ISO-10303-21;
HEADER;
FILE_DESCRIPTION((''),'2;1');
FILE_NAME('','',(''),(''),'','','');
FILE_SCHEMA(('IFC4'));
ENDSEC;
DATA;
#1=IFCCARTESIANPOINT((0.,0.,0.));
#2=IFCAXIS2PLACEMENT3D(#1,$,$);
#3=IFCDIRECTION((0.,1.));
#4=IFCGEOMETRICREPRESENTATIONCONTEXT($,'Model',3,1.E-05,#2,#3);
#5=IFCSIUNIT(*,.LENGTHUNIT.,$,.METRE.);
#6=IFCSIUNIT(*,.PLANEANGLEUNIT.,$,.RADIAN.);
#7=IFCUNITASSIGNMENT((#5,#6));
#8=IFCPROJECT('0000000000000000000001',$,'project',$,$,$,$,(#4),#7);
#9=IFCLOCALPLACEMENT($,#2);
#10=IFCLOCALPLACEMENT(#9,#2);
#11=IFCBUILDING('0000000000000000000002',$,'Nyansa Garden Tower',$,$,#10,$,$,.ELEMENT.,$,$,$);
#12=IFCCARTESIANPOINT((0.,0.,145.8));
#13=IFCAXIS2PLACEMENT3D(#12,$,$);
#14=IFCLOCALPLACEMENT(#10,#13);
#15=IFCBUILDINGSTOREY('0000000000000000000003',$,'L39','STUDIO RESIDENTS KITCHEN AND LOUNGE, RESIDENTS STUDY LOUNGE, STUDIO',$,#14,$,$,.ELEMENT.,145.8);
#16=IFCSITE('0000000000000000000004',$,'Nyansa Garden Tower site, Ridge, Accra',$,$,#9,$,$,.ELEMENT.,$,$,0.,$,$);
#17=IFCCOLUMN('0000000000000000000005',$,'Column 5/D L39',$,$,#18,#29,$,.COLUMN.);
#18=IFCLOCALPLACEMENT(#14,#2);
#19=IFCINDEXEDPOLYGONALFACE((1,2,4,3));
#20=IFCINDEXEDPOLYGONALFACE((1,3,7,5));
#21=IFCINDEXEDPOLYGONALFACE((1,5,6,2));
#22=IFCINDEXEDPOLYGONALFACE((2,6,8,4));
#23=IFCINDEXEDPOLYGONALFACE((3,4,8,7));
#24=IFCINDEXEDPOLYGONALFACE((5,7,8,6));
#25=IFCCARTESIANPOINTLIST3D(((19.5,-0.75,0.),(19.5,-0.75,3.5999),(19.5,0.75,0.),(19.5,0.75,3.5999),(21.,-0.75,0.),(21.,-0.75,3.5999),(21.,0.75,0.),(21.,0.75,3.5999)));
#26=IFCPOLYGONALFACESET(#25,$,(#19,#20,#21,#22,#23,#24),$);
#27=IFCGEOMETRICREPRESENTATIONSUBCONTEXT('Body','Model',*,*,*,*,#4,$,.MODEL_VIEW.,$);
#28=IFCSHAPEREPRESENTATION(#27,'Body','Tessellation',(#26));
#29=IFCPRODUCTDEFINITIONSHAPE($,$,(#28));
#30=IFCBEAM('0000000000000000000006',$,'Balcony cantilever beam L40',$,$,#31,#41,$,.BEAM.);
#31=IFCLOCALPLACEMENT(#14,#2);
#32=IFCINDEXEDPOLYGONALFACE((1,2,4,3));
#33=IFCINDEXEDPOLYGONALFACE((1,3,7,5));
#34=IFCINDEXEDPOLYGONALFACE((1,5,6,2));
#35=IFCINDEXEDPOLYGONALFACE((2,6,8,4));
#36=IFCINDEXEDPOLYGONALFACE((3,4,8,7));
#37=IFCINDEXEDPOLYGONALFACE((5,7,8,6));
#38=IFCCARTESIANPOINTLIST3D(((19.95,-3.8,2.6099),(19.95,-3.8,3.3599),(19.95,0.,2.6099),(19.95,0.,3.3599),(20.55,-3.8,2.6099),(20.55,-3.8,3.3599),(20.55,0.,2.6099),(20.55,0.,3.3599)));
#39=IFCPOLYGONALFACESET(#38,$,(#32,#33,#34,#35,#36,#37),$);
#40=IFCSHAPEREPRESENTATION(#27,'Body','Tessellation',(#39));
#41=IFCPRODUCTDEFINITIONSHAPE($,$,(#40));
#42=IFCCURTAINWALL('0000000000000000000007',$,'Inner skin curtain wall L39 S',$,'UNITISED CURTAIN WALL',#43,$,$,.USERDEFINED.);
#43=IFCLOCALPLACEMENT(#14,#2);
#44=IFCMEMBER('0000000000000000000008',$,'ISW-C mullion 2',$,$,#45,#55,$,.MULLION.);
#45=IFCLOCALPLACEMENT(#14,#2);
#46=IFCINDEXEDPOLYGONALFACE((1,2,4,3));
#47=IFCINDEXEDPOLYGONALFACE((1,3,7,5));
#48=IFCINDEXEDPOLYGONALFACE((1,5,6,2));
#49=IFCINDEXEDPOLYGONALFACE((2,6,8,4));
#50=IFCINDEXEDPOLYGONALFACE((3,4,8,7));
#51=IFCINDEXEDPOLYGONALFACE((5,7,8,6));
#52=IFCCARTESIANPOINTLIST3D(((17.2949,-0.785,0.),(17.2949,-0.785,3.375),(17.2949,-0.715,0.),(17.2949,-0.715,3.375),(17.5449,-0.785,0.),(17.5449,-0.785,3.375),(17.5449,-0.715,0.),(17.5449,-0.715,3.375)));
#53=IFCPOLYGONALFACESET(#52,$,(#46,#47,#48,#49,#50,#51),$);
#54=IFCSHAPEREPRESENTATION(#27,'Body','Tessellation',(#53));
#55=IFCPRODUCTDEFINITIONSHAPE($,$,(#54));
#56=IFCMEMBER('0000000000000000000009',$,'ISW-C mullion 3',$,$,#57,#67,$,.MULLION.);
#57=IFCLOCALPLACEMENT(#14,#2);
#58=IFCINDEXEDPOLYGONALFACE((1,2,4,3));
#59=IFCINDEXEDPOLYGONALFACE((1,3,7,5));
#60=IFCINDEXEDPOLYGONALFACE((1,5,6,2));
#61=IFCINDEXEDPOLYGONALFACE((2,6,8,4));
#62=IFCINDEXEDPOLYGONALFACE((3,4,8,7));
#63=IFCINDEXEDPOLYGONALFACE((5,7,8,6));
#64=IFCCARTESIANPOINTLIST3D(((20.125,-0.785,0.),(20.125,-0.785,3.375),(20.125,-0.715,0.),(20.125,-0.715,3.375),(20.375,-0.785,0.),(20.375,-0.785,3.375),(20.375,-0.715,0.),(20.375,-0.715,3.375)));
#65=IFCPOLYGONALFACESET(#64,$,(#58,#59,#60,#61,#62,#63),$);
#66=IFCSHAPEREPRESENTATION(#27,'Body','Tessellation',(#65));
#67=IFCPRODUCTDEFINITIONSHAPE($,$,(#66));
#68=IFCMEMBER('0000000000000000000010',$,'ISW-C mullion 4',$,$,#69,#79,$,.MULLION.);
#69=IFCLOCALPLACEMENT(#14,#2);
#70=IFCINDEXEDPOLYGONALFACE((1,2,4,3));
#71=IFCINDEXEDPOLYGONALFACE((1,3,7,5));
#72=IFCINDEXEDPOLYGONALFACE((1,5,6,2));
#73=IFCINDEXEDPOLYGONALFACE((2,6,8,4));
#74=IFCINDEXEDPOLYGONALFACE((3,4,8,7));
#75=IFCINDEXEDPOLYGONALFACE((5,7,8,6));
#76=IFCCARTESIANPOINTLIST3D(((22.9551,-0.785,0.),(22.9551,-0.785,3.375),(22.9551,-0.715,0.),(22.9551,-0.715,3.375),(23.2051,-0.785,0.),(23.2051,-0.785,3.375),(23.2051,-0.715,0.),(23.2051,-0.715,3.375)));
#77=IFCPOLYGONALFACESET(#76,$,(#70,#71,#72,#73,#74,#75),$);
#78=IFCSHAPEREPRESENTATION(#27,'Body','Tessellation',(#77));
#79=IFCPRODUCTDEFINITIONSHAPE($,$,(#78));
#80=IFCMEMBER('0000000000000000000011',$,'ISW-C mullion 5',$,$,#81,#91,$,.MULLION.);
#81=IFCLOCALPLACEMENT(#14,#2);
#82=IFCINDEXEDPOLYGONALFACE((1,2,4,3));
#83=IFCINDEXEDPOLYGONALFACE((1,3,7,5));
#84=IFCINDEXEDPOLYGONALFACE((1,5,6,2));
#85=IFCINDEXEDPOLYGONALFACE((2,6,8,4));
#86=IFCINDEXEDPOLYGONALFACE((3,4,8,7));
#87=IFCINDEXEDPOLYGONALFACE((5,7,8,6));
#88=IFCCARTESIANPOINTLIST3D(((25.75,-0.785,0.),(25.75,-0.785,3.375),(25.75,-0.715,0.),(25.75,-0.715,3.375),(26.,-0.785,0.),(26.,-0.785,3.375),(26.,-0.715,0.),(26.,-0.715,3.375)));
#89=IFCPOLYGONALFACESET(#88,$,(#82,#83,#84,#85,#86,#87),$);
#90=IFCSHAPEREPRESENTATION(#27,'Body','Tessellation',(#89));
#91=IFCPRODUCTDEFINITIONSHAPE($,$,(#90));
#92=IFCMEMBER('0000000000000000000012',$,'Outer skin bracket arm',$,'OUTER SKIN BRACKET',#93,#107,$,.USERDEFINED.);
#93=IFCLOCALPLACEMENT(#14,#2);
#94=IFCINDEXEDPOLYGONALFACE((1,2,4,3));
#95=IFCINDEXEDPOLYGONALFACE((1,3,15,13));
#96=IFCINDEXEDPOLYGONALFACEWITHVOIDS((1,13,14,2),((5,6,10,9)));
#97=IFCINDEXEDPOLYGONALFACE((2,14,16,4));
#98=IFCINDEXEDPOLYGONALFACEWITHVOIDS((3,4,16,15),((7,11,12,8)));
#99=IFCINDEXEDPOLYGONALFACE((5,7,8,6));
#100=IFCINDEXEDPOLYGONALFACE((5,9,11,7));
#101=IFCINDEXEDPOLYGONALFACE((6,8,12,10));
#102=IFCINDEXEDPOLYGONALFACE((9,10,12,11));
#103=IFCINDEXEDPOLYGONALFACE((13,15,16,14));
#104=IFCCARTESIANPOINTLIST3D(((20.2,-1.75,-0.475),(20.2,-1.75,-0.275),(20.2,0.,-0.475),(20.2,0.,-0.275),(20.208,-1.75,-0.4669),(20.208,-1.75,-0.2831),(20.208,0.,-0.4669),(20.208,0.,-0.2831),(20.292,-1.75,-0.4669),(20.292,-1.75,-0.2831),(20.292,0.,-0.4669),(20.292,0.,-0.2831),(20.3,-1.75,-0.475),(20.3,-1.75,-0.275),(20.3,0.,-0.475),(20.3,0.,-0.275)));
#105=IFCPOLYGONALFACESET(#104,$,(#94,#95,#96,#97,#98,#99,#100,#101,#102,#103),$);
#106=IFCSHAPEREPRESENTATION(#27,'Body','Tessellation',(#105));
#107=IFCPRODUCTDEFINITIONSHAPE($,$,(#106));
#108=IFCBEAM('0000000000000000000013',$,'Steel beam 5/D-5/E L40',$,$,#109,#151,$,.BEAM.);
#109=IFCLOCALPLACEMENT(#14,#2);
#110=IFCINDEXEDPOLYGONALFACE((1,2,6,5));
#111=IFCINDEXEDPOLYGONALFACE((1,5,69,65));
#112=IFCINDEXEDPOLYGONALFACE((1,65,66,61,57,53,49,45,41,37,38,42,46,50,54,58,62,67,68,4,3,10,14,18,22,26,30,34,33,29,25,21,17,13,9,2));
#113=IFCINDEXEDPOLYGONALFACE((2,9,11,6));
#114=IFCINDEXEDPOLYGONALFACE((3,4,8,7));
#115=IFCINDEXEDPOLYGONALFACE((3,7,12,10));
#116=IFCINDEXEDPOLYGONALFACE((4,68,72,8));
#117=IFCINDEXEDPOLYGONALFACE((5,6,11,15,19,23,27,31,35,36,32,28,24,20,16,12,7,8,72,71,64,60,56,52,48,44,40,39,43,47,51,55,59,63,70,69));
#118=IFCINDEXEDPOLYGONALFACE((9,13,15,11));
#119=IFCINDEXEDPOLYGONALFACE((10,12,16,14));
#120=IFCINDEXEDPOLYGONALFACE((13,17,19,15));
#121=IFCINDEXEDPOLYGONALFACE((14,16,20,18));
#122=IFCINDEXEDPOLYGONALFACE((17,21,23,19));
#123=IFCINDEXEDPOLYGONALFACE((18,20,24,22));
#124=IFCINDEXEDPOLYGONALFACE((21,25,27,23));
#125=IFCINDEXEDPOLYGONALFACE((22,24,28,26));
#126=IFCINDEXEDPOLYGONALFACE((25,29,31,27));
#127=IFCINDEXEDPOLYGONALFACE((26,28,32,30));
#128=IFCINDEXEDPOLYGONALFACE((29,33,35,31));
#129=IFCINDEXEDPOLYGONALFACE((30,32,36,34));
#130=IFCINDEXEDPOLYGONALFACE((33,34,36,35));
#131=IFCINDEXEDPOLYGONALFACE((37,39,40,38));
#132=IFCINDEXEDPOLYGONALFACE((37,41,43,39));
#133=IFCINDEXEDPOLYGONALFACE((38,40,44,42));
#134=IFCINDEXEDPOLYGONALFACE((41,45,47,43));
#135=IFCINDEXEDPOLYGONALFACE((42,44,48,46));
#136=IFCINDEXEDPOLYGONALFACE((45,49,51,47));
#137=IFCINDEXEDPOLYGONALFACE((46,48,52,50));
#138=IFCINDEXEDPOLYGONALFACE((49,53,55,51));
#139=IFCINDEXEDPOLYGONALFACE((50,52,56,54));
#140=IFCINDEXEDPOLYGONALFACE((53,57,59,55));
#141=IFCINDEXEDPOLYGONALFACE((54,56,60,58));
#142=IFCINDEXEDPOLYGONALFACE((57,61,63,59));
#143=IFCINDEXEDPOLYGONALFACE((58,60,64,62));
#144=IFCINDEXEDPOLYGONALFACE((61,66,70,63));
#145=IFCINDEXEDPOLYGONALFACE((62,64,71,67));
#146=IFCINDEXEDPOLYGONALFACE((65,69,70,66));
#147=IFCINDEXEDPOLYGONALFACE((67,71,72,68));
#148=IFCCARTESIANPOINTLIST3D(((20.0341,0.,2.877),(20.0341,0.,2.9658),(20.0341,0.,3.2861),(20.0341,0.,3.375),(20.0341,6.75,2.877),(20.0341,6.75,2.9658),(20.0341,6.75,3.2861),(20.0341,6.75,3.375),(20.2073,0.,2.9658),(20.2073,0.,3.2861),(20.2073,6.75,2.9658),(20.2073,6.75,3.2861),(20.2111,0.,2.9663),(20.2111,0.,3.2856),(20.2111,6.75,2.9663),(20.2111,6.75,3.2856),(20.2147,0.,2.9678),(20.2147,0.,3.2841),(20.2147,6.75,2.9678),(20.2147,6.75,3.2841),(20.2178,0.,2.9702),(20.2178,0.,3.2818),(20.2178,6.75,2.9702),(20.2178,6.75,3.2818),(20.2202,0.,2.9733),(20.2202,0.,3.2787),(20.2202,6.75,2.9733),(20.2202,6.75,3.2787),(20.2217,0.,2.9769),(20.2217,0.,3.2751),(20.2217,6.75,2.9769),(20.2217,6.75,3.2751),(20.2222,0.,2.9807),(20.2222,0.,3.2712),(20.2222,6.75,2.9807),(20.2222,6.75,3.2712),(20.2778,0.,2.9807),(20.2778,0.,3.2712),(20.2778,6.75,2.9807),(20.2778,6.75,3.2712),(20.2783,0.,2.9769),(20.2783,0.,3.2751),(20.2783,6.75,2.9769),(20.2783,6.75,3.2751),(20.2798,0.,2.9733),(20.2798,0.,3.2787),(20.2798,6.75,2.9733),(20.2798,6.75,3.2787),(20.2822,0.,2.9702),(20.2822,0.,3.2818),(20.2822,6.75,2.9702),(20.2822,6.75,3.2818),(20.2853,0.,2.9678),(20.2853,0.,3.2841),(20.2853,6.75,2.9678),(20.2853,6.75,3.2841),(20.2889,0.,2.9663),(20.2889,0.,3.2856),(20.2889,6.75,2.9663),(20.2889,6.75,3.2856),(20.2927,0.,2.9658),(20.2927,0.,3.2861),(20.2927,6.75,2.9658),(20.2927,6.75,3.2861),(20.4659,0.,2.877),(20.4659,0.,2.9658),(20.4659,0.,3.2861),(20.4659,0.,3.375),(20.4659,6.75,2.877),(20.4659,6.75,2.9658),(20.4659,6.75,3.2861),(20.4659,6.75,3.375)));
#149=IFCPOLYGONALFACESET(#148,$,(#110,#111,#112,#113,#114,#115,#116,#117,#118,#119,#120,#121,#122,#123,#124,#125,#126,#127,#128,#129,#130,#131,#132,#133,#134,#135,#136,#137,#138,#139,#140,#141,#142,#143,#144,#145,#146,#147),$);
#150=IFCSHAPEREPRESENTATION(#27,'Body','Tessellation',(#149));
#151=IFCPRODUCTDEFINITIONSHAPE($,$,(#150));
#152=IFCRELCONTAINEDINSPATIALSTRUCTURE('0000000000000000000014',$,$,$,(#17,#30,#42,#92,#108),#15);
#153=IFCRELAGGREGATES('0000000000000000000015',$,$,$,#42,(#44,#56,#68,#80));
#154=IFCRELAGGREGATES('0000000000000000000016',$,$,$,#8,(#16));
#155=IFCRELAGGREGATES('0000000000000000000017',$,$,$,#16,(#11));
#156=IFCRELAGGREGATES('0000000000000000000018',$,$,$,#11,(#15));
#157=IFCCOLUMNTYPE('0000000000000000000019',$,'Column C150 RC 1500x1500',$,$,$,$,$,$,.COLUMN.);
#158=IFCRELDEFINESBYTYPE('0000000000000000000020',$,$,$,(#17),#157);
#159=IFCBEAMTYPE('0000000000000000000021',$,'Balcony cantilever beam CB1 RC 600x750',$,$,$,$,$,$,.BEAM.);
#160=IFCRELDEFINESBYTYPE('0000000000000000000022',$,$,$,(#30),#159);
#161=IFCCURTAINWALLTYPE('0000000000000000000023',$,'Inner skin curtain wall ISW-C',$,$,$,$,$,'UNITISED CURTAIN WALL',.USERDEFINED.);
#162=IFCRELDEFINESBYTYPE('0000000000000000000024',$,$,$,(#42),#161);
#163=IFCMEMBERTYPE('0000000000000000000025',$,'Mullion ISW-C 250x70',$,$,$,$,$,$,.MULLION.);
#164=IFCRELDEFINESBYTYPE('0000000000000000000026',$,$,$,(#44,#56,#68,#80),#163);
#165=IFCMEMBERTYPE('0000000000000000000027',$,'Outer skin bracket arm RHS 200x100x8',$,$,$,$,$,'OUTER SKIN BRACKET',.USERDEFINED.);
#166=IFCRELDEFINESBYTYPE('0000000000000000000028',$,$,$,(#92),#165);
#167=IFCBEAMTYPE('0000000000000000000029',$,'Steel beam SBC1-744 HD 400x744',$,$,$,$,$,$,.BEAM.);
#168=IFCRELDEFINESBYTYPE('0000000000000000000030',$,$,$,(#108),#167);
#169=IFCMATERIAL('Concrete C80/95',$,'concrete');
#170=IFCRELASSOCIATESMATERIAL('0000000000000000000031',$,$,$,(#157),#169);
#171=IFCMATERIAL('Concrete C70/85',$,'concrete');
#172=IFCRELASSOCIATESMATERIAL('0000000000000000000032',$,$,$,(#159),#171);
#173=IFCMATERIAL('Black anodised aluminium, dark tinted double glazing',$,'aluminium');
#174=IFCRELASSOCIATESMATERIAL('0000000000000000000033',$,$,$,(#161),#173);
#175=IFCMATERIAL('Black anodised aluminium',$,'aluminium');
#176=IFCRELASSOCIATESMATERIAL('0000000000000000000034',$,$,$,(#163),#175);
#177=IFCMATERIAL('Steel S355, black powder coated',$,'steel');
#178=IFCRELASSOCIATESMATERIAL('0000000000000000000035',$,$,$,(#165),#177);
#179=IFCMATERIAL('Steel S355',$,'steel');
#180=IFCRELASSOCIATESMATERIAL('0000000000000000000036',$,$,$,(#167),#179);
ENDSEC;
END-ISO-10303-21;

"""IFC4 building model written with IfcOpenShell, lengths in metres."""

from ifc_helpers import new_model, si_unit, direction, frame, origin, origin_2d, place, context, subcontext, project, spatial, rectangle, hollow_rectangle, i_section, extrude, material, material_profile, profile_set, type_object, element, aggregate, save


model = new_model("IFC4")

# Units and contexts
model_context = context("Model", 3, precision=1e-05, world=origin(), true_north=direction((0.0, 1.0)))
body_context = subcontext(model_context, "Body", "Model", "MODEL_VIEW")
ifc_project = project(units=[si_unit("LENGTHUNIT", "METRE"), si_unit("PLANEANGLEUNIT", "RADIAN")], contexts=[model_context])

# Site, building, storey
site_placement = place(None, origin())
site = spatial("IfcSite", under=ifc_project, at=site_placement, Name="Nyansa Garden Tower site, Ridge, Accra", CompositionType="ELEMENT", RefElevation=0.0)
building_placement = place(site_placement, origin())
building = spatial("IfcBuilding", under=site, at=building_placement, Name="Nyansa Garden Tower", CompositionType="ELEMENT")
storey_placement = place(building_placement, frame((0.0, 0.0, 145.8)))
storey = spatial("IfcBuildingStorey", under=building, at=storey_placement, Name="L39", Description="STUDIO RESIDENTS KITCHEN AND LOUNGE, RESIDENTS STUDY LOUNGE, STUDIO", CompositionType="ELEMENT", Elevation=145.8)

# Column
ifc_material_1 = material(Name="Concrete C80/95", Category="concrete")
ifc_material_profile_1 = material_profile(ifc_material_1, rectangle(XDim=1.5, YDim=1.5, at=origin_2d()), Name="RC 1500x1500")
ifc_profile_set_1 = profile_set([ifc_material_profile_1], Name="Concrete C80/95")
column_type = type_object("IfcColumnType", Name="Column C150 RC 1500x1500", PredefinedType="COLUMN", material=ifc_profile_set_1)
column_placement = place(storey_placement, frame((20.25, 0.0, 0.0), z_axis=(0.0, 0.0, 1.0), x_axis=(1.0, 0.0, 0.0)))
element("IfcColumn", 1, at=column_placement, inside=storey, type_object=column_type, Name="Column 5/D L39", PredefinedType="COLUMN", context=body_context, shape_type="SweptSolid", body=[
    extrude(rectangle(XDim=1.5, YDim=1.5, at=origin_2d()), origin(), (0.0, 0.0, 1.0), 3.5999),
])

# Beam
ifc_material_2 = material(Name="Concrete C70/85", Category="concrete")
ifc_material_profile_2 = material_profile(ifc_material_2, rectangle(XDim=0.6001, YDim=0.75, at=origin_2d()), Name="RC 600x750")
ifc_profile_set_2 = profile_set([ifc_material_profile_2], Name="Concrete C70/85")
beam_type_1 = type_object("IfcBeamType", Name="Balcony cantilever beam CB1 RC 600x750", PredefinedType="BEAM", material=ifc_profile_set_2)
beam_1_placement = place(storey_placement, frame((20.25, 0.0, 2.9849), z_axis=(0.0, -1.0, 0.0), x_axis=(1.0, 0.0, 0.0)))
element("IfcBeam", 2, at=beam_1_placement, inside=storey, type_object=beam_type_1, Name="Balcony cantilever beam L40", PredefinedType="BEAM", context=body_context, shape_type="SweptSolid", body=[
    extrude(rectangle(XDim=0.6001, YDim=0.75, at=origin_2d()), origin(), (0.0, 0.0, 1.0), 3.8),
])

# Curtain wall, members
ifc_material_3 = material(Name="Black anodised aluminium, dark tinted double glazing", Category="aluminium")
curtain_wall_type = type_object("IfcCurtainWallType", Name="Inner skin curtain wall ISW-C", ElementType="UNITISED CURTAIN WALL", PredefinedType="USERDEFINED", material=ifc_material_3)
curtain_wall_placement = place(storey_placement, origin())
curtain_wall = element("IfcCurtainWall", 3, at=curtain_wall_placement, inside=storey, type_object=curtain_wall_type, Name="Inner skin curtain wall L39 S", ObjectType="UNITISED CURTAIN WALL", PredefinedType="USERDEFINED")
ifc_material_4 = material(Name="Black anodised aluminium", Category="aluminium")
ifc_material_profile_3 = material_profile(ifc_material_4, rectangle(XDim=0.0701, YDim=0.25, at=origin_2d()), Name="Mullion 250x70")
ifc_profile_set_3 = profile_set([ifc_material_profile_3], Name="Black anodised aluminium")
member_type_1 = type_object("IfcMemberType", Name="Mullion ISW-C 250x70", PredefinedType="MULLION", material=ifc_profile_set_3)
member_1_placement = place(storey_placement, frame((17.4199, -0.75, 0.0), z_axis=(0.0, 0.0, 1.0), x_axis=(0.0, 1.0, 0.0)))
member_1 = element("IfcMember", 4, at=member_1_placement, type_object=member_type_1, Name="ISW-C mullion 2", PredefinedType="MULLION", context=body_context, shape_type="SweptSolid", body=[
    extrude(rectangle(XDim=0.0701, YDim=0.25, at=origin_2d()), origin(), (0.0, 0.0, 1.0), 3.375),
])
member_2_placement = place(storey_placement, frame((20.25, -0.75, 0.0), z_axis=(0.0, 0.0, 1.0), x_axis=(0.0, 1.0, 0.0)))
member_2 = element("IfcMember", 5, at=member_2_placement, type_object=member_type_1, Name="ISW-C mullion 3", PredefinedType="MULLION", context=body_context, shape_type="SweptSolid", body=[
    extrude(rectangle(XDim=0.0701, YDim=0.25, at=origin_2d()), origin(), (0.0, 0.0, 1.0), 3.375),
])
member_3_placement = place(storey_placement, frame((23.0801, -0.75, 0.0), z_axis=(0.0, 0.0, 1.0), x_axis=(0.0, 1.0, 0.0)))
member_3 = element("IfcMember", 6, at=member_3_placement, type_object=member_type_1, Name="ISW-C mullion 4", PredefinedType="MULLION", context=body_context, shape_type="SweptSolid", body=[
    extrude(rectangle(XDim=0.0701, YDim=0.25, at=origin_2d()), origin(), (0.0, 0.0, 1.0), 3.375),
])
member_4_placement = place(storey_placement, frame((25.875, -0.75, 0.0), z_axis=(0.0, 0.0, 1.0), x_axis=(0.0, 1.0, 0.0)))
member_4 = element("IfcMember", 7, at=member_4_placement, type_object=member_type_1, Name="ISW-C mullion 5", PredefinedType="MULLION", context=body_context, shape_type="SweptSolid", body=[
    extrude(rectangle(XDim=0.0701, YDim=0.25, at=origin_2d()), origin(), (0.0, 0.0, 1.0), 3.375),
])

# Member
ifc_material_5 = material(Name="Steel S355, black powder coated", Category="steel")
ifc_material_profile_4 = material_profile(ifc_material_5, hollow_rectangle(XDim=0.1001, YDim=0.2, WallThickness=0.0081, at=origin_2d()), Name="RHS 200x100x8")
ifc_profile_set_4 = profile_set([ifc_material_profile_4], Name="Steel S355, black powder coated")
member_type_2 = type_object("IfcMemberType", Name="Outer skin bracket arm RHS 200x100x8", ElementType="OUTER SKIN BRACKET", PredefinedType="USERDEFINED", material=ifc_profile_set_4)
member_5_placement = place(storey_placement, frame((20.25, 0.0, -0.375), z_axis=(0.0, -1.0, 0.0), x_axis=(1.0, 0.0, 0.0)))
element("IfcMember", 8, at=member_5_placement, inside=storey, type_object=member_type_2, Name="Outer skin bracket arm", ObjectType="OUTER SKIN BRACKET", PredefinedType="USERDEFINED", context=body_context, shape_type="SweptSolid", body=[
    extrude(hollow_rectangle(XDim=0.1001, YDim=0.2, WallThickness=0.0081, at=origin_2d()), origin(), (0.0, 0.0, 1.0), 1.75),
])

# Beam
ifc_material_6 = material(Name="Steel S355", Category="steel")
ifc_material_profile_5 = material_profile(ifc_material_6, i_section(OverallWidth=0.4319, OverallDepth=0.498, WebThickness=0.0557, FlangeThickness=0.0889, FilletRadius=0.0149, at=origin_2d()), Name="HD 400x744")
ifc_profile_set_5 = profile_set([ifc_material_profile_5], Name="Steel S355")
beam_type_2 = type_object("IfcBeamType", Name="Steel beam SBC1-744 HD 400x744", PredefinedType="BEAM", material=ifc_profile_set_5)
beam_2_placement = place(storey_placement, frame((20.25, 0.0, 3.126), z_axis=(0.0, 1.0, 0.0), x_axis=(-1.0, 0.0, 0.0)))
element("IfcBeam", 9, at=beam_2_placement, inside=storey, type_object=beam_type_2, Name="Steel beam 5/D-5/E L40", PredefinedType="BEAM", context=body_context, shape_type="SweptSolid", body=[
    extrude(i_section(OverallWidth=0.4319, OverallDepth=0.498, WebThickness=0.0557, FlangeThickness=0.0889, FilletRadius=0.0149, at=origin_2d()), origin(), (0.0, 0.0, 1.0), 6.75),
])

aggregate(curtain_wall, [member_1, member_2, member_3, member_4])

save(model, "model.ifc")
